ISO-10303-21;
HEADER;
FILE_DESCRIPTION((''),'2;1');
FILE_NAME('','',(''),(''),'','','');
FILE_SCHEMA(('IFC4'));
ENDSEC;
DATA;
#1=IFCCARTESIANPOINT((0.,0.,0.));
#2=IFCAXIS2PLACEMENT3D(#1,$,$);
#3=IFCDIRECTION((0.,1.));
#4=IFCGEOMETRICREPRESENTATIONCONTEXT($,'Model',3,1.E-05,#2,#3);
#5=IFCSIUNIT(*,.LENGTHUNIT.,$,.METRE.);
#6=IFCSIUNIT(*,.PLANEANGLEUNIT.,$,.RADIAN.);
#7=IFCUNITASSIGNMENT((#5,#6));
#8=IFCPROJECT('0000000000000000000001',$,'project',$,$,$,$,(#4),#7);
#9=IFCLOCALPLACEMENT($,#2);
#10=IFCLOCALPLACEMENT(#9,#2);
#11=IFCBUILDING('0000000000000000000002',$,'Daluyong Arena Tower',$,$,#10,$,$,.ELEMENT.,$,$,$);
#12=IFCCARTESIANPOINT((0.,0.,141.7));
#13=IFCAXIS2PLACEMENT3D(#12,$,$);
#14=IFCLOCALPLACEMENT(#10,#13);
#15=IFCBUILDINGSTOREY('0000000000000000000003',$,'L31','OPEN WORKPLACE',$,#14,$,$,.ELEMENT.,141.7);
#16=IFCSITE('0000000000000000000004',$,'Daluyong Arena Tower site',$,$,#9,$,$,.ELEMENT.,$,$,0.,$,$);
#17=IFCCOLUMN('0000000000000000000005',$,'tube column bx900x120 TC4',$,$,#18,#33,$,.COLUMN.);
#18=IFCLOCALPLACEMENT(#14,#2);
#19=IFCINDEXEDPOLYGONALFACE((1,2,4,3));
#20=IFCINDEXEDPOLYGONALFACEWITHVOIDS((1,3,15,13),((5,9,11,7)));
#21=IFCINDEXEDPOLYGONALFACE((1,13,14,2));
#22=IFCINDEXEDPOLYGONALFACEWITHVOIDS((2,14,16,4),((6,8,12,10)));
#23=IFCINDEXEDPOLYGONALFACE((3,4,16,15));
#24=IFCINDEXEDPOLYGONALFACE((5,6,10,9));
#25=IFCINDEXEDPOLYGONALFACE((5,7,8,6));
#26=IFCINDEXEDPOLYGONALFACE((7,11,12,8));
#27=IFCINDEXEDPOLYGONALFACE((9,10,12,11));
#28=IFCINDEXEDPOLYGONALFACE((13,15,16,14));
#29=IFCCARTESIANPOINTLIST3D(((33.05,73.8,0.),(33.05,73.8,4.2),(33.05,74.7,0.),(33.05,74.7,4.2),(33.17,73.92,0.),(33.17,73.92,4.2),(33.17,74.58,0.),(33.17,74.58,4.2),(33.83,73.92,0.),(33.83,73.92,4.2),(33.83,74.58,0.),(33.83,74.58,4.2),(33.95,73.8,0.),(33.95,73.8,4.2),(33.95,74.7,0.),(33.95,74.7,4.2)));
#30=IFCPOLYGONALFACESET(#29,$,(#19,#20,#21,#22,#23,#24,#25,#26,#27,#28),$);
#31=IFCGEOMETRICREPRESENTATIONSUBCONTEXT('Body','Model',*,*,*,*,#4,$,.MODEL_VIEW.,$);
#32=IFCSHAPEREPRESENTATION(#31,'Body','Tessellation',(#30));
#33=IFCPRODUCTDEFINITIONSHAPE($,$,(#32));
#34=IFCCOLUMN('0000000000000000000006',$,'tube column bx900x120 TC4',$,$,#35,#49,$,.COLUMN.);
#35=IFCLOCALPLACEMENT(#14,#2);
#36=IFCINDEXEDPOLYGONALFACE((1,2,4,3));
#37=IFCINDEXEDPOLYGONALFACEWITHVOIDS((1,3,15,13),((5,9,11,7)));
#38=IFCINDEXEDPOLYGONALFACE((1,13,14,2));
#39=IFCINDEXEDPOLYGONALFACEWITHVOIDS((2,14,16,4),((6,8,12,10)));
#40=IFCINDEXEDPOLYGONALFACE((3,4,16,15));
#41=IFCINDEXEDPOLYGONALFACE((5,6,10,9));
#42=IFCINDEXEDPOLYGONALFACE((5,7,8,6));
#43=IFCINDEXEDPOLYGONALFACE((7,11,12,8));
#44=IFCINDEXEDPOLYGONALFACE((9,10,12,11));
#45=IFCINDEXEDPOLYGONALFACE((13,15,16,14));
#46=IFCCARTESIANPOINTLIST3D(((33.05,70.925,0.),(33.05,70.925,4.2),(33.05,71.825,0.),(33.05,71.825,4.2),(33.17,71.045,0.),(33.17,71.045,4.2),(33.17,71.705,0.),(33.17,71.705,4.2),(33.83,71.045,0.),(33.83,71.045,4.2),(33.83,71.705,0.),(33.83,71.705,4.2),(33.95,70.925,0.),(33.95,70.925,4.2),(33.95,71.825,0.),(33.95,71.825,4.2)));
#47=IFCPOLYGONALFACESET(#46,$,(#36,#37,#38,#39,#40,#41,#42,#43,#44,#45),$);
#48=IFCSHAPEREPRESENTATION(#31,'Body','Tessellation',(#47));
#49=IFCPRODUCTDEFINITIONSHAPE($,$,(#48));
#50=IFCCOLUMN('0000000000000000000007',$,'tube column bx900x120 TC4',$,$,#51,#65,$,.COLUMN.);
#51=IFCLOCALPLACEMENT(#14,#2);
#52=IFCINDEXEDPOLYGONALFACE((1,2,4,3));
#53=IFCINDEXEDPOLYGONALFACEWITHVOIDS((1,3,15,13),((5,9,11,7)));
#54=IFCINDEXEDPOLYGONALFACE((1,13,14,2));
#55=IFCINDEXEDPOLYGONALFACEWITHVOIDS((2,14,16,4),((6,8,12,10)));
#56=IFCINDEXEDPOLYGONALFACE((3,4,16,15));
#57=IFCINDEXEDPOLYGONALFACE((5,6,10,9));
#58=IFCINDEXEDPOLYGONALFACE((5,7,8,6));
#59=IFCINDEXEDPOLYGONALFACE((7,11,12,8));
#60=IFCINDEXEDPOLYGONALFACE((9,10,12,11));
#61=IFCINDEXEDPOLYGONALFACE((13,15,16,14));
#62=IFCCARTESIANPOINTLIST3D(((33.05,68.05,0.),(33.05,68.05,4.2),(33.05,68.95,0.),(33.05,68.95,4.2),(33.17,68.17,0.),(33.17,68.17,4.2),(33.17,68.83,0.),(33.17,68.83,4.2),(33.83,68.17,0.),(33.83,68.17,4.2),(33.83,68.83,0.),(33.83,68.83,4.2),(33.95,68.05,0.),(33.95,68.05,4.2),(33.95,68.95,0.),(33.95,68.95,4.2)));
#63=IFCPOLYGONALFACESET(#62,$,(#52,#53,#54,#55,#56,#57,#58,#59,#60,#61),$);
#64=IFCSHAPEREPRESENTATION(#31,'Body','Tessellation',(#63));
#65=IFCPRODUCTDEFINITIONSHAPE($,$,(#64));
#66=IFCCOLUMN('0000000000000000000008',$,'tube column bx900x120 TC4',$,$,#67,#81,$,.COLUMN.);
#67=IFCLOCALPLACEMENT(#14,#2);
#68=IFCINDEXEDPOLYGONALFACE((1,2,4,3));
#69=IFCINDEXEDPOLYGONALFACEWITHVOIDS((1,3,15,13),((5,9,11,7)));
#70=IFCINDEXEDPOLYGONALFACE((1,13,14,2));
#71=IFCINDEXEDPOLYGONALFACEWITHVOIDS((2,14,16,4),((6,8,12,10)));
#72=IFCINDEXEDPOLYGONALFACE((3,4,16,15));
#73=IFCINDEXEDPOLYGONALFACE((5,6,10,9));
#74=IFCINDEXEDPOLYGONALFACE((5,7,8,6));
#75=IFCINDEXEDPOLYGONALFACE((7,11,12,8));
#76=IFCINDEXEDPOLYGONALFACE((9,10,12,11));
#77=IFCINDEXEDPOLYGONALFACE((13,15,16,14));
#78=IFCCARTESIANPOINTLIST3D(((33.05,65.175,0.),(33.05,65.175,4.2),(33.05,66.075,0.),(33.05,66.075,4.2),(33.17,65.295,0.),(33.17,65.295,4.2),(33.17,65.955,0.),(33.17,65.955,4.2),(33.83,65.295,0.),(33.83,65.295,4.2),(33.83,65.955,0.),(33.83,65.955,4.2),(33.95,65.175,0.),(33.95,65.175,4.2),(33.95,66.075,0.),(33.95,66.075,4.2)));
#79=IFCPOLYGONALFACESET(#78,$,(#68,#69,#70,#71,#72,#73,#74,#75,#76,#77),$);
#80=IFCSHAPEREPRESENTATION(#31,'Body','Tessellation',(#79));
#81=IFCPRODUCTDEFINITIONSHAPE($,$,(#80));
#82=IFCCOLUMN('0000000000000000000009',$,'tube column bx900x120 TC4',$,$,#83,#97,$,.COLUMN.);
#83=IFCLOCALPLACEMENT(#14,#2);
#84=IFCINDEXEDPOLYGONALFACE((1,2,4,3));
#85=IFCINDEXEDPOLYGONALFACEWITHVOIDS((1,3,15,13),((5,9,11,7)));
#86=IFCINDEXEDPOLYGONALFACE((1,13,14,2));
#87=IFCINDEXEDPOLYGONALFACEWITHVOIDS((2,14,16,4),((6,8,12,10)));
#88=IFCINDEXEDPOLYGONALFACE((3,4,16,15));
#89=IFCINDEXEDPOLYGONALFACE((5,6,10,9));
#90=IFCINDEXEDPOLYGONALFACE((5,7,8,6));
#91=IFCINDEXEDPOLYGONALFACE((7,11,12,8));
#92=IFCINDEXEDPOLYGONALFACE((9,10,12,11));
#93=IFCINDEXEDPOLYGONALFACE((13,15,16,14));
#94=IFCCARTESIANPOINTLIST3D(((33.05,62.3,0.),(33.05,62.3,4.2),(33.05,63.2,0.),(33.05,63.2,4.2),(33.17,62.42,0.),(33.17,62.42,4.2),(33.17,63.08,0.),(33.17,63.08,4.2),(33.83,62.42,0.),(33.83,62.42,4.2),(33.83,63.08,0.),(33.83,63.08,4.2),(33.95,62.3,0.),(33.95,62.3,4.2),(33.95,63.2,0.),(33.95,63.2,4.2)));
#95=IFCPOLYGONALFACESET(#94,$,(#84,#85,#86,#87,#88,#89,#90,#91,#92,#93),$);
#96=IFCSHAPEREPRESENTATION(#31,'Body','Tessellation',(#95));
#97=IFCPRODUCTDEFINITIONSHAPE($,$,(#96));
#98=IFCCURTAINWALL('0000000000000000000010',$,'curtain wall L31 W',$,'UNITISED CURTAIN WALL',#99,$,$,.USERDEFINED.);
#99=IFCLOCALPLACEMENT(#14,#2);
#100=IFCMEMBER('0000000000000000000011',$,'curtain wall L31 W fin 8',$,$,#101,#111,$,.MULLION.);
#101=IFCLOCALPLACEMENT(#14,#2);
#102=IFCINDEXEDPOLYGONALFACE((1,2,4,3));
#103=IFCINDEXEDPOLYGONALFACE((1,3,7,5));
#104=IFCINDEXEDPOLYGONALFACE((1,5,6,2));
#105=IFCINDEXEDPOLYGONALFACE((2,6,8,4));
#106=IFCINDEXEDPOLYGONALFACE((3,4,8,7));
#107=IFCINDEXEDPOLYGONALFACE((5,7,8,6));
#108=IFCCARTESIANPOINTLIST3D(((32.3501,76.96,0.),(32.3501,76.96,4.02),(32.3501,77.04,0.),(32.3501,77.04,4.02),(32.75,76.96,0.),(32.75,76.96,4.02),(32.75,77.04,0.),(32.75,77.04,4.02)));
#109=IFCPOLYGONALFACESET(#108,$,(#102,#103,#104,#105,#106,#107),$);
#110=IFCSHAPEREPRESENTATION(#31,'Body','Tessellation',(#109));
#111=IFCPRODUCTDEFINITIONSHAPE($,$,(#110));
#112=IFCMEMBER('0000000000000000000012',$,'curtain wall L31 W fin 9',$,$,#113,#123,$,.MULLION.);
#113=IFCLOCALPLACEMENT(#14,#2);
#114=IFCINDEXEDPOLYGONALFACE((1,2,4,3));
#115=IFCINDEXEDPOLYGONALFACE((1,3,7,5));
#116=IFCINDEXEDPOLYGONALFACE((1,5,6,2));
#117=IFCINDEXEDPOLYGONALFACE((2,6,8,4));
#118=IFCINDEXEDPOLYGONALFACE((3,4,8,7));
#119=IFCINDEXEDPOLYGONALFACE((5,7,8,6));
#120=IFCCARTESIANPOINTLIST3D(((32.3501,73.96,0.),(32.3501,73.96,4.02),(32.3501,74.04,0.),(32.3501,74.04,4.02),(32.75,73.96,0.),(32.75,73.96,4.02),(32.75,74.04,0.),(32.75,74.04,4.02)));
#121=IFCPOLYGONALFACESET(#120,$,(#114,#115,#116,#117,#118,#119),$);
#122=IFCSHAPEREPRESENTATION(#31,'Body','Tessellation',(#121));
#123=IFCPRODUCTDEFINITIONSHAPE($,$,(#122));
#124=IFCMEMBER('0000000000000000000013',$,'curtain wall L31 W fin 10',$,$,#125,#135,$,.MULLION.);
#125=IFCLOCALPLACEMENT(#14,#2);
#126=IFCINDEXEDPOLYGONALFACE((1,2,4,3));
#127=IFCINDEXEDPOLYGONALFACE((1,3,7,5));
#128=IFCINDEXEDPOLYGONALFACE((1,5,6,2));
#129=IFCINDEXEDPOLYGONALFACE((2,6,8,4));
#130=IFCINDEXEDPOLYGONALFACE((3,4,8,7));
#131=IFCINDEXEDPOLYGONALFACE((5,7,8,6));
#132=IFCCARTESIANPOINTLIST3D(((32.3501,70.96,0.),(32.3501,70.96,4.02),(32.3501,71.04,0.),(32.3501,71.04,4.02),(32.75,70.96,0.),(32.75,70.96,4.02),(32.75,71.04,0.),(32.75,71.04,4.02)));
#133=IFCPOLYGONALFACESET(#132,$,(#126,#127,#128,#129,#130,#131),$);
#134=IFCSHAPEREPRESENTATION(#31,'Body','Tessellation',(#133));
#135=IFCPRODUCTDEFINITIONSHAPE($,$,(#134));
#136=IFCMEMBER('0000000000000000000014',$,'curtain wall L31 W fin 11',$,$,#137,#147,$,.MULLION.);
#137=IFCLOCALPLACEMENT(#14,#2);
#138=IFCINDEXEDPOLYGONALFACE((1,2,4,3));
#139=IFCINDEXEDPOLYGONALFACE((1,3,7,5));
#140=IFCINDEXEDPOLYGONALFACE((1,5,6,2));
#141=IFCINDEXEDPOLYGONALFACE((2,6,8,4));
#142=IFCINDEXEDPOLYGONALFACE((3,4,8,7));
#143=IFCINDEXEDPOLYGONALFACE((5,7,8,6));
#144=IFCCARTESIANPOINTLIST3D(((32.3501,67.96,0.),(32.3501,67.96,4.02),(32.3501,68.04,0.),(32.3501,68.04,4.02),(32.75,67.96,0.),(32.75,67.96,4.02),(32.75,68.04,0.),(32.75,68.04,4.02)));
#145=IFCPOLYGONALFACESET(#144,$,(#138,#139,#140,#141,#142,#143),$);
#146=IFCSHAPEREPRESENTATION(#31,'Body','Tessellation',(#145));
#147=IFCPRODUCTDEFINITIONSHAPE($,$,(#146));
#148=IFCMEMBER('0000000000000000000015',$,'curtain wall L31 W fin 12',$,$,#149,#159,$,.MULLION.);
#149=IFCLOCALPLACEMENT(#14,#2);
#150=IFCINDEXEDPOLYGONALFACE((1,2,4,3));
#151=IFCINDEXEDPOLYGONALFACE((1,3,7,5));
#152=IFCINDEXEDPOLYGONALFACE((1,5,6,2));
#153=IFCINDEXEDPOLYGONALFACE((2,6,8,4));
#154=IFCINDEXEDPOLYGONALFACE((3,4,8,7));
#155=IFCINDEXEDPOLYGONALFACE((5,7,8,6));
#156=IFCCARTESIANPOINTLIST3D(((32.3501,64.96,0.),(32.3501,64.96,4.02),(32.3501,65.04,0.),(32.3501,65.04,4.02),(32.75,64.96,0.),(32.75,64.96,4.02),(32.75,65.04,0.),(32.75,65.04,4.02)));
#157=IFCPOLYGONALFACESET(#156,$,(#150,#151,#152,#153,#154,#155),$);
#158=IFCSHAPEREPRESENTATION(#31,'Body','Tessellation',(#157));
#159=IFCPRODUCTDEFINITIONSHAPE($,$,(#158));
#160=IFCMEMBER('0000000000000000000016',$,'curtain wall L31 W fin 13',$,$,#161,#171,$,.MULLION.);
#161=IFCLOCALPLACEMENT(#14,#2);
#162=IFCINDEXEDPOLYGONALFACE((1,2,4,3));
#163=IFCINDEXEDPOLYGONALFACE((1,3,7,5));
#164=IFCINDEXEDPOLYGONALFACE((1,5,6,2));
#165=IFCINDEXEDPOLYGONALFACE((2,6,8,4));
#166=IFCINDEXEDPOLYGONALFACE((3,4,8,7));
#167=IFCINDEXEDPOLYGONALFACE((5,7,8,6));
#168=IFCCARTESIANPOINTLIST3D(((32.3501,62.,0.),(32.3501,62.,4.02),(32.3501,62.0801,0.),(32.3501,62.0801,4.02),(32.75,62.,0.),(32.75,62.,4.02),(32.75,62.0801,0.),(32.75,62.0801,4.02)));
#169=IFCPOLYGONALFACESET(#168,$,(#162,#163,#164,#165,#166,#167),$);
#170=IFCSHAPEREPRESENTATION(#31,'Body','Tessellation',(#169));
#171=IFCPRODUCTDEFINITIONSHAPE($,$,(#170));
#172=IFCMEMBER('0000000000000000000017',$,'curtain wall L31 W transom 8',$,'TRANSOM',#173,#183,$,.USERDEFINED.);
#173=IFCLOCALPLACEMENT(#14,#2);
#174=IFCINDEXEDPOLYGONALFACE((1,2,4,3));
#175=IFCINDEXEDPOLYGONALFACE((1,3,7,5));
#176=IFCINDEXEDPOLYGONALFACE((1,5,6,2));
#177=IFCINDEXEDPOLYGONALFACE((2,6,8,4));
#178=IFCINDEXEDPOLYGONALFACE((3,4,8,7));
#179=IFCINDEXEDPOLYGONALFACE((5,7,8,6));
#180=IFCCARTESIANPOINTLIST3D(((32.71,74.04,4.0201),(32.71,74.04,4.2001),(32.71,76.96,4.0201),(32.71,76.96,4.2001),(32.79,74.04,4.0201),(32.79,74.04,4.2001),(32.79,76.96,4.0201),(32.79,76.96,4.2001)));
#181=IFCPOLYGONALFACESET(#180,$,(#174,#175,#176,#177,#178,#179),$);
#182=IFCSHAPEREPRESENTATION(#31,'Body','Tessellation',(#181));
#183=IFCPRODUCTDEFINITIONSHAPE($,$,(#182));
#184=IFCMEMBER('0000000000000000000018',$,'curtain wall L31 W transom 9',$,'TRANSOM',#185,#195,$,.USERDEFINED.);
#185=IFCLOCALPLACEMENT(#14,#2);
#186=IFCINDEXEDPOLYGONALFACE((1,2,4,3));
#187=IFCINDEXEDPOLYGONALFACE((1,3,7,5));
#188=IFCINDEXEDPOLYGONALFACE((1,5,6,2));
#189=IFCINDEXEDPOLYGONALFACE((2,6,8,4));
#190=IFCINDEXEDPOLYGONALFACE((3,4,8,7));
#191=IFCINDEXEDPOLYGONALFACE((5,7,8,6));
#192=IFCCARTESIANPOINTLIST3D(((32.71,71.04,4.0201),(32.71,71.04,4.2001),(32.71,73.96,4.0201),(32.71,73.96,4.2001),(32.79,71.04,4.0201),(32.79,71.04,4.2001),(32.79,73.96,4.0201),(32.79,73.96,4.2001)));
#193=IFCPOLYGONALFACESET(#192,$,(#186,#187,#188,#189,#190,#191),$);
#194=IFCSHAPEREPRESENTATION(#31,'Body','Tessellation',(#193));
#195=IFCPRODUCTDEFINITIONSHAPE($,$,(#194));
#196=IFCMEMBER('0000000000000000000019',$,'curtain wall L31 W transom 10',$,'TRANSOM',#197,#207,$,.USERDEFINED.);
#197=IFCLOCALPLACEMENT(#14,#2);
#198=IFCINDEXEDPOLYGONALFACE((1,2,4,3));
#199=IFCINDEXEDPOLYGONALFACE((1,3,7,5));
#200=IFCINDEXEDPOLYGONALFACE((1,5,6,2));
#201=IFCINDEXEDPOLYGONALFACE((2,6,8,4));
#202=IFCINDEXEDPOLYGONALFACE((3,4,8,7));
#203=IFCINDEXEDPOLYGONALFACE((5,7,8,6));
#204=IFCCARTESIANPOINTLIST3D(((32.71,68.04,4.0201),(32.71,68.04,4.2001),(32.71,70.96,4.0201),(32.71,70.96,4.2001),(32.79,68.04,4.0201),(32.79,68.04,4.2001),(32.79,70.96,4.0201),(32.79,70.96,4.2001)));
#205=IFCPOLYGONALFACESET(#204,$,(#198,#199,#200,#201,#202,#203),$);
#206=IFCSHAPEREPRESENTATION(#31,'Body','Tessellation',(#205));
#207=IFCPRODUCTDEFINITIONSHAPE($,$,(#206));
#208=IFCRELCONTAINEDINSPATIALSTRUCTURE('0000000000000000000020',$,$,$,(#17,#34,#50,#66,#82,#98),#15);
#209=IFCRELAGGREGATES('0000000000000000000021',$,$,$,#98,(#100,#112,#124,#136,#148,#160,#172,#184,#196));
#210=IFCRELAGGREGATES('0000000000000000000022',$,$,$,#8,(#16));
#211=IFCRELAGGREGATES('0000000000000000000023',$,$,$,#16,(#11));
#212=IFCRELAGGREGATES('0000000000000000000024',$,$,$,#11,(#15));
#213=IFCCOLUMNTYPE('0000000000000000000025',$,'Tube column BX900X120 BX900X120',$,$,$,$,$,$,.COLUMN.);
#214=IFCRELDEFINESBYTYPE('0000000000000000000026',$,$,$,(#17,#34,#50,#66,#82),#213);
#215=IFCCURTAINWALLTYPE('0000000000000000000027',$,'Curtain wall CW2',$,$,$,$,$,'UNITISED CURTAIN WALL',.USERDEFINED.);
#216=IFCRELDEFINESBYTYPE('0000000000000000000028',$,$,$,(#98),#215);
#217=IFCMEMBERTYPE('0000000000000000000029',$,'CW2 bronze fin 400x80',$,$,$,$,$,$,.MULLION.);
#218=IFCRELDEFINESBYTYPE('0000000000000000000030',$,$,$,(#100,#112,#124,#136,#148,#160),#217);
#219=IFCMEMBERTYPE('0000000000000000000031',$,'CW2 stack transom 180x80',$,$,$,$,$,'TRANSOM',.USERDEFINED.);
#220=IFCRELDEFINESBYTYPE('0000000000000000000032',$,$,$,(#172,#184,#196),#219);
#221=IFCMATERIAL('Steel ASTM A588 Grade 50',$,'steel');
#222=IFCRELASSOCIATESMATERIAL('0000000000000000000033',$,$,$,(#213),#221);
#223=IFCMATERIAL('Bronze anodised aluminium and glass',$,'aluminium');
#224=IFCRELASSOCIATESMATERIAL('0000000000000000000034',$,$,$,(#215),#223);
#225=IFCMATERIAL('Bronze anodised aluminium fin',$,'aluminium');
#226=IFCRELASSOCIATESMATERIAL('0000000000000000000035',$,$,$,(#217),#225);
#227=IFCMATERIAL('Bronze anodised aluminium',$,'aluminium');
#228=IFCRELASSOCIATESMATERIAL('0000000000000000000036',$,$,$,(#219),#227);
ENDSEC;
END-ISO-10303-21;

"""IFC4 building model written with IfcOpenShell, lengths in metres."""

from ifc_helpers import new_model, si_unit, direction, frame, origin, origin_2d, place, context, subcontext, project, spatial, rectangle, hollow_rectangle, extrude, material, material_profile, profile_set, type_object, element, aggregate, save


model = new_model("IFC4")

# Units and contexts
model_context = context("Model", 3, precision=1e-05, world=origin(), true_north=direction((0.0, 1.0)))
body_context = subcontext(model_context, "Body", "Model", "MODEL_VIEW")
ifc_project = project(units=[si_unit("LENGTHUNIT", "METRE"), si_unit("PLANEANGLEUNIT", "RADIAN")], contexts=[model_context])

# Site, building, storey
site_placement = place(None, origin())
site = spatial("IfcSite", under=ifc_project, at=site_placement, Name="Daluyong Arena Tower site", CompositionType="ELEMENT", RefElevation=0.0)
building_placement = place(site_placement, origin())
building = spatial("IfcBuilding", under=site, at=building_placement, Name="Daluyong Arena Tower", CompositionType="ELEMENT")
storey_placement = place(building_placement, frame((0.0, 0.0, 141.7)))
storey = spatial("IfcBuildingStorey", under=building, at=storey_placement, Name="L31", Description="OPEN WORKPLACE", CompositionType="ELEMENT", Elevation=141.7)

# Columns
ifc_material_1 = material(Name="Steel ASTM A588 Grade 50", Category="steel")
ifc_material_profile_1 = material_profile(ifc_material_1, hollow_rectangle(XDim=0.8999, YDim=0.8999, WallThickness=0.12, at=origin_2d()))
ifc_profile_set_1 = profile_set([ifc_material_profile_1], Name="Steel ASTM A588 Grade 50")
column_type = type_object("IfcColumnType", Name="Tube column BX900X120 BX900X120", PredefinedType="COLUMN", material=ifc_profile_set_1)
for number, where, z_axis, x_axis, name in (
    (1, (33.5, 74.25, 0.0), (0.0, 0.0, 1.0), (0.0, 1.0, 0.0), "tube column bx900x120 TC4"),
    (2, (33.5, 71.375, 0.0), (0.0, 0.0, 1.0), (0.0, 1.0, 0.0), "tube column bx900x120 TC4"),
    (3, (33.5, 68.5, 0.0), (0.0, 0.0, 1.0), (0.0, 1.0, 0.0), "tube column bx900x120 TC4"),
    (4, (33.5, 65.625, 0.0), (0.0, 0.0, 1.0), (0.0, 1.0, 0.0), "tube column bx900x120 TC4"),
    (5, (33.5, 62.75, 0.0), (0.0, 0.0, 1.0), (1.0, 0.0, 0.0), "tube column bx900x120 TC4"),
):
    element("IfcColumn", number, at=place(storey_placement, frame(where, z_axis=z_axis, x_axis=x_axis)), inside=storey, type_object=column_type, Name=name, PredefinedType="COLUMN", context=body_context, shape_type="SweptSolid", body=[
        extrude(hollow_rectangle(XDim=0.8999, YDim=0.8999, WallThickness=0.12, at=origin_2d()), origin(), (0.0, 0.0, 1.0), 4.2),
    ])

# Curtain wall, members
ifc_material_2 = material(Name="Bronze anodised aluminium and glass", Category="aluminium")
curtain_wall_type_1 = type_object("IfcCurtainWallType", Name="Curtain wall CW2", ElementType="UNITISED CURTAIN WALL", PredefinedType="USERDEFINED", material=ifc_material_2)
curtain_wall_1_placement = place(storey_placement, origin())
curtain_wall_1 = element("IfcCurtainWall", 6, at=curtain_wall_1_placement, inside=storey, type_object=curtain_wall_type_1, Name="curtain wall L31 W", ObjectType="UNITISED CURTAIN WALL", PredefinedType="USERDEFINED")
ifc_material_3 = material(Name="Bronze anodised aluminium fin", Category="aluminium")
ifc_material_profile_2 = material_profile(ifc_material_3, rectangle(XDim=0.3999, YDim=0.0801, at=origin_2d()))
ifc_profile_set_2 = profile_set([ifc_material_profile_2], Name="Bronze anodised aluminium fin")
member_type_1 = type_object("IfcMemberType", Name="CW2 bronze fin 400x80", PredefinedType="MULLION", material=ifc_profile_set_2)
member_1_placement = place(storey_placement, frame((32.55, 77.0, 0.0), z_axis=(0.0, 0.0, 1.0), x_axis=(1.0, 0.0, 0.0)))
member_1 = element("IfcMember", 7, at=member_1_placement, type_object=member_type_1, Name="curtain wall L31 W fin 8", PredefinedType="MULLION", context=body_context, shape_type="SweptSolid", body=[
    extrude(rectangle(XDim=0.3999, YDim=0.0801, at=origin_2d()), origin(), (0.0, 0.0, 1.0), 4.02),
])
member_2_placement = place(storey_placement, frame((32.55, 74.0, 0.0), z_axis=(0.0, 0.0, 1.0), x_axis=(1.0, 0.0, 0.0)))
member_2 = element("IfcMember", 8, at=member_2_placement, type_object=member_type_1, Name="curtain wall L31 W fin 9", PredefinedType="MULLION", context=body_context, shape_type="SweptSolid", body=[
    extrude(rectangle(XDim=0.3999, YDim=0.0801, at=origin_2d()), origin(), (0.0, 0.0, 1.0), 4.02),
])
member_3_placement = place(storey_placement, frame((32.55, 71.0, 0.0), z_axis=(0.0, 0.0, 1.0), x_axis=(1.0, 0.0, 0.0)))
member_3 = element("IfcMember", 9, at=member_3_placement, type_object=member_type_1, Name="curtain wall L31 W fin 10", PredefinedType="MULLION", context=body_context, shape_type="SweptSolid", body=[
    extrude(rectangle(XDim=0.3999, YDim=0.0801, at=origin_2d()), origin(), (0.0, 0.0, 1.0), 4.02),
])
member_4_placement = place(storey_placement, frame((32.55, 68.0, 0.0), z_axis=(0.0, 0.0, 1.0), x_axis=(1.0, 0.0, 0.0)))
member_4 = element("IfcMember", 10, at=member_4_placement, type_object=member_type_1, Name="curtain wall L31 W fin 11", PredefinedType="MULLION", context=body_context, shape_type="SweptSolid", body=[
    extrude(rectangle(XDim=0.3999, YDim=0.0801, at=origin_2d()), origin(), (0.0, 0.0, 1.0), 4.02),
])
member_5_placement = place(storey_placement, frame((32.55, 65.0, 0.0), z_axis=(0.0, 0.0, 1.0), x_axis=(1.0, 0.0, 0.0)))
member_5 = element("IfcMember", 11, at=member_5_placement, type_object=member_type_1, Name="curtain wall L31 W fin 12", PredefinedType="MULLION", context=body_context, shape_type="SweptSolid", body=[
    extrude(rectangle(XDim=0.3999, YDim=0.0801, at=origin_2d()), origin(), (0.0, 0.0, 1.0), 4.02),
])
member_6_placement = place(storey_placement, frame((32.55, 62.04, 0.0), z_axis=(0.0, 0.0, 1.0), x_axis=(1.0, 0.0, 0.0)))
member_6 = element("IfcMember", 12, at=member_6_placement, type_object=member_type_1, Name="curtain wall L31 W fin 13", PredefinedType="MULLION", context=body_context, shape_type="SweptSolid", body=[
    extrude(rectangle(XDim=0.3999, YDim=0.0801, at=origin_2d()), origin(), (0.0, 0.0, 1.0), 4.02),
])
ifc_material_4 = material(Name="Bronze anodised aluminium", Category="aluminium")
ifc_material_profile_3 = material_profile(ifc_material_4, rectangle(XDim=0.0801, YDim=0.1799, at=origin_2d()))
ifc_profile_set_3 = profile_set([ifc_material_profile_3], Name="Bronze anodised aluminium")
member_type_2 = type_object("IfcMemberType", Name="CW2 stack transom 180x80", ElementType="TRANSOM", PredefinedType="USERDEFINED", material=ifc_profile_set_3)
member_7_placement = place(storey_placement, frame((32.75, 76.96, 4.1101), z_axis=(0.0, -1.0, 0.0), x_axis=(1.0, 0.0, 0.0)))
member_7 = element("IfcMember", 13, at=member_7_placement, type_object=member_type_2, Name="curtain wall L31 W transom 8", ObjectType="TRANSOM", PredefinedType="USERDEFINED", context=body_context, shape_type="SweptSolid", body=[
    extrude(rectangle(XDim=0.0801, YDim=0.1799, at=origin_2d()), origin(), (0.0, 0.0, 1.0), 2.9199),
])
member_8_placement = place(storey_placement, frame((32.75, 73.96, 4.1101), z_axis=(0.0, -1.0, 0.0), x_axis=(1.0, 0.0, 0.0)))
member_8 = element("IfcMember", 14, at=member_8_placement, type_object=member_type_2, Name="curtain wall L31 W transom 9", ObjectType="TRANSOM", PredefinedType="USERDEFINED", context=body_context, shape_type="SweptSolid", body=[
    extrude(rectangle(XDim=0.0801, YDim=0.1799, at=origin_2d()), origin(), (0.0, 0.0, 1.0), 2.9199),
])
member_9_placement = place(storey_placement, frame((32.75, 70.96, 4.1101), z_axis=(0.0, -1.0, 0.0), x_axis=(1.0, 0.0, 0.0)))
member_9 = element("IfcMember", 15, at=member_9_placement, type_object=member_type_2, Name="curtain wall L31 W transom 10", ObjectType="TRANSOM", PredefinedType="USERDEFINED", context=body_context, shape_type="SweptSolid", body=[
    extrude(rectangle(XDim=0.0801, YDim=0.1799, at=origin_2d()), origin(), (0.0, 0.0, 1.0), 2.9199),
])

aggregate(curtain_wall_1, [member_1, member_2, member_3, member_4, member_5, member_6, member_7, member_8, member_9])

save(model, "model.ifc")
